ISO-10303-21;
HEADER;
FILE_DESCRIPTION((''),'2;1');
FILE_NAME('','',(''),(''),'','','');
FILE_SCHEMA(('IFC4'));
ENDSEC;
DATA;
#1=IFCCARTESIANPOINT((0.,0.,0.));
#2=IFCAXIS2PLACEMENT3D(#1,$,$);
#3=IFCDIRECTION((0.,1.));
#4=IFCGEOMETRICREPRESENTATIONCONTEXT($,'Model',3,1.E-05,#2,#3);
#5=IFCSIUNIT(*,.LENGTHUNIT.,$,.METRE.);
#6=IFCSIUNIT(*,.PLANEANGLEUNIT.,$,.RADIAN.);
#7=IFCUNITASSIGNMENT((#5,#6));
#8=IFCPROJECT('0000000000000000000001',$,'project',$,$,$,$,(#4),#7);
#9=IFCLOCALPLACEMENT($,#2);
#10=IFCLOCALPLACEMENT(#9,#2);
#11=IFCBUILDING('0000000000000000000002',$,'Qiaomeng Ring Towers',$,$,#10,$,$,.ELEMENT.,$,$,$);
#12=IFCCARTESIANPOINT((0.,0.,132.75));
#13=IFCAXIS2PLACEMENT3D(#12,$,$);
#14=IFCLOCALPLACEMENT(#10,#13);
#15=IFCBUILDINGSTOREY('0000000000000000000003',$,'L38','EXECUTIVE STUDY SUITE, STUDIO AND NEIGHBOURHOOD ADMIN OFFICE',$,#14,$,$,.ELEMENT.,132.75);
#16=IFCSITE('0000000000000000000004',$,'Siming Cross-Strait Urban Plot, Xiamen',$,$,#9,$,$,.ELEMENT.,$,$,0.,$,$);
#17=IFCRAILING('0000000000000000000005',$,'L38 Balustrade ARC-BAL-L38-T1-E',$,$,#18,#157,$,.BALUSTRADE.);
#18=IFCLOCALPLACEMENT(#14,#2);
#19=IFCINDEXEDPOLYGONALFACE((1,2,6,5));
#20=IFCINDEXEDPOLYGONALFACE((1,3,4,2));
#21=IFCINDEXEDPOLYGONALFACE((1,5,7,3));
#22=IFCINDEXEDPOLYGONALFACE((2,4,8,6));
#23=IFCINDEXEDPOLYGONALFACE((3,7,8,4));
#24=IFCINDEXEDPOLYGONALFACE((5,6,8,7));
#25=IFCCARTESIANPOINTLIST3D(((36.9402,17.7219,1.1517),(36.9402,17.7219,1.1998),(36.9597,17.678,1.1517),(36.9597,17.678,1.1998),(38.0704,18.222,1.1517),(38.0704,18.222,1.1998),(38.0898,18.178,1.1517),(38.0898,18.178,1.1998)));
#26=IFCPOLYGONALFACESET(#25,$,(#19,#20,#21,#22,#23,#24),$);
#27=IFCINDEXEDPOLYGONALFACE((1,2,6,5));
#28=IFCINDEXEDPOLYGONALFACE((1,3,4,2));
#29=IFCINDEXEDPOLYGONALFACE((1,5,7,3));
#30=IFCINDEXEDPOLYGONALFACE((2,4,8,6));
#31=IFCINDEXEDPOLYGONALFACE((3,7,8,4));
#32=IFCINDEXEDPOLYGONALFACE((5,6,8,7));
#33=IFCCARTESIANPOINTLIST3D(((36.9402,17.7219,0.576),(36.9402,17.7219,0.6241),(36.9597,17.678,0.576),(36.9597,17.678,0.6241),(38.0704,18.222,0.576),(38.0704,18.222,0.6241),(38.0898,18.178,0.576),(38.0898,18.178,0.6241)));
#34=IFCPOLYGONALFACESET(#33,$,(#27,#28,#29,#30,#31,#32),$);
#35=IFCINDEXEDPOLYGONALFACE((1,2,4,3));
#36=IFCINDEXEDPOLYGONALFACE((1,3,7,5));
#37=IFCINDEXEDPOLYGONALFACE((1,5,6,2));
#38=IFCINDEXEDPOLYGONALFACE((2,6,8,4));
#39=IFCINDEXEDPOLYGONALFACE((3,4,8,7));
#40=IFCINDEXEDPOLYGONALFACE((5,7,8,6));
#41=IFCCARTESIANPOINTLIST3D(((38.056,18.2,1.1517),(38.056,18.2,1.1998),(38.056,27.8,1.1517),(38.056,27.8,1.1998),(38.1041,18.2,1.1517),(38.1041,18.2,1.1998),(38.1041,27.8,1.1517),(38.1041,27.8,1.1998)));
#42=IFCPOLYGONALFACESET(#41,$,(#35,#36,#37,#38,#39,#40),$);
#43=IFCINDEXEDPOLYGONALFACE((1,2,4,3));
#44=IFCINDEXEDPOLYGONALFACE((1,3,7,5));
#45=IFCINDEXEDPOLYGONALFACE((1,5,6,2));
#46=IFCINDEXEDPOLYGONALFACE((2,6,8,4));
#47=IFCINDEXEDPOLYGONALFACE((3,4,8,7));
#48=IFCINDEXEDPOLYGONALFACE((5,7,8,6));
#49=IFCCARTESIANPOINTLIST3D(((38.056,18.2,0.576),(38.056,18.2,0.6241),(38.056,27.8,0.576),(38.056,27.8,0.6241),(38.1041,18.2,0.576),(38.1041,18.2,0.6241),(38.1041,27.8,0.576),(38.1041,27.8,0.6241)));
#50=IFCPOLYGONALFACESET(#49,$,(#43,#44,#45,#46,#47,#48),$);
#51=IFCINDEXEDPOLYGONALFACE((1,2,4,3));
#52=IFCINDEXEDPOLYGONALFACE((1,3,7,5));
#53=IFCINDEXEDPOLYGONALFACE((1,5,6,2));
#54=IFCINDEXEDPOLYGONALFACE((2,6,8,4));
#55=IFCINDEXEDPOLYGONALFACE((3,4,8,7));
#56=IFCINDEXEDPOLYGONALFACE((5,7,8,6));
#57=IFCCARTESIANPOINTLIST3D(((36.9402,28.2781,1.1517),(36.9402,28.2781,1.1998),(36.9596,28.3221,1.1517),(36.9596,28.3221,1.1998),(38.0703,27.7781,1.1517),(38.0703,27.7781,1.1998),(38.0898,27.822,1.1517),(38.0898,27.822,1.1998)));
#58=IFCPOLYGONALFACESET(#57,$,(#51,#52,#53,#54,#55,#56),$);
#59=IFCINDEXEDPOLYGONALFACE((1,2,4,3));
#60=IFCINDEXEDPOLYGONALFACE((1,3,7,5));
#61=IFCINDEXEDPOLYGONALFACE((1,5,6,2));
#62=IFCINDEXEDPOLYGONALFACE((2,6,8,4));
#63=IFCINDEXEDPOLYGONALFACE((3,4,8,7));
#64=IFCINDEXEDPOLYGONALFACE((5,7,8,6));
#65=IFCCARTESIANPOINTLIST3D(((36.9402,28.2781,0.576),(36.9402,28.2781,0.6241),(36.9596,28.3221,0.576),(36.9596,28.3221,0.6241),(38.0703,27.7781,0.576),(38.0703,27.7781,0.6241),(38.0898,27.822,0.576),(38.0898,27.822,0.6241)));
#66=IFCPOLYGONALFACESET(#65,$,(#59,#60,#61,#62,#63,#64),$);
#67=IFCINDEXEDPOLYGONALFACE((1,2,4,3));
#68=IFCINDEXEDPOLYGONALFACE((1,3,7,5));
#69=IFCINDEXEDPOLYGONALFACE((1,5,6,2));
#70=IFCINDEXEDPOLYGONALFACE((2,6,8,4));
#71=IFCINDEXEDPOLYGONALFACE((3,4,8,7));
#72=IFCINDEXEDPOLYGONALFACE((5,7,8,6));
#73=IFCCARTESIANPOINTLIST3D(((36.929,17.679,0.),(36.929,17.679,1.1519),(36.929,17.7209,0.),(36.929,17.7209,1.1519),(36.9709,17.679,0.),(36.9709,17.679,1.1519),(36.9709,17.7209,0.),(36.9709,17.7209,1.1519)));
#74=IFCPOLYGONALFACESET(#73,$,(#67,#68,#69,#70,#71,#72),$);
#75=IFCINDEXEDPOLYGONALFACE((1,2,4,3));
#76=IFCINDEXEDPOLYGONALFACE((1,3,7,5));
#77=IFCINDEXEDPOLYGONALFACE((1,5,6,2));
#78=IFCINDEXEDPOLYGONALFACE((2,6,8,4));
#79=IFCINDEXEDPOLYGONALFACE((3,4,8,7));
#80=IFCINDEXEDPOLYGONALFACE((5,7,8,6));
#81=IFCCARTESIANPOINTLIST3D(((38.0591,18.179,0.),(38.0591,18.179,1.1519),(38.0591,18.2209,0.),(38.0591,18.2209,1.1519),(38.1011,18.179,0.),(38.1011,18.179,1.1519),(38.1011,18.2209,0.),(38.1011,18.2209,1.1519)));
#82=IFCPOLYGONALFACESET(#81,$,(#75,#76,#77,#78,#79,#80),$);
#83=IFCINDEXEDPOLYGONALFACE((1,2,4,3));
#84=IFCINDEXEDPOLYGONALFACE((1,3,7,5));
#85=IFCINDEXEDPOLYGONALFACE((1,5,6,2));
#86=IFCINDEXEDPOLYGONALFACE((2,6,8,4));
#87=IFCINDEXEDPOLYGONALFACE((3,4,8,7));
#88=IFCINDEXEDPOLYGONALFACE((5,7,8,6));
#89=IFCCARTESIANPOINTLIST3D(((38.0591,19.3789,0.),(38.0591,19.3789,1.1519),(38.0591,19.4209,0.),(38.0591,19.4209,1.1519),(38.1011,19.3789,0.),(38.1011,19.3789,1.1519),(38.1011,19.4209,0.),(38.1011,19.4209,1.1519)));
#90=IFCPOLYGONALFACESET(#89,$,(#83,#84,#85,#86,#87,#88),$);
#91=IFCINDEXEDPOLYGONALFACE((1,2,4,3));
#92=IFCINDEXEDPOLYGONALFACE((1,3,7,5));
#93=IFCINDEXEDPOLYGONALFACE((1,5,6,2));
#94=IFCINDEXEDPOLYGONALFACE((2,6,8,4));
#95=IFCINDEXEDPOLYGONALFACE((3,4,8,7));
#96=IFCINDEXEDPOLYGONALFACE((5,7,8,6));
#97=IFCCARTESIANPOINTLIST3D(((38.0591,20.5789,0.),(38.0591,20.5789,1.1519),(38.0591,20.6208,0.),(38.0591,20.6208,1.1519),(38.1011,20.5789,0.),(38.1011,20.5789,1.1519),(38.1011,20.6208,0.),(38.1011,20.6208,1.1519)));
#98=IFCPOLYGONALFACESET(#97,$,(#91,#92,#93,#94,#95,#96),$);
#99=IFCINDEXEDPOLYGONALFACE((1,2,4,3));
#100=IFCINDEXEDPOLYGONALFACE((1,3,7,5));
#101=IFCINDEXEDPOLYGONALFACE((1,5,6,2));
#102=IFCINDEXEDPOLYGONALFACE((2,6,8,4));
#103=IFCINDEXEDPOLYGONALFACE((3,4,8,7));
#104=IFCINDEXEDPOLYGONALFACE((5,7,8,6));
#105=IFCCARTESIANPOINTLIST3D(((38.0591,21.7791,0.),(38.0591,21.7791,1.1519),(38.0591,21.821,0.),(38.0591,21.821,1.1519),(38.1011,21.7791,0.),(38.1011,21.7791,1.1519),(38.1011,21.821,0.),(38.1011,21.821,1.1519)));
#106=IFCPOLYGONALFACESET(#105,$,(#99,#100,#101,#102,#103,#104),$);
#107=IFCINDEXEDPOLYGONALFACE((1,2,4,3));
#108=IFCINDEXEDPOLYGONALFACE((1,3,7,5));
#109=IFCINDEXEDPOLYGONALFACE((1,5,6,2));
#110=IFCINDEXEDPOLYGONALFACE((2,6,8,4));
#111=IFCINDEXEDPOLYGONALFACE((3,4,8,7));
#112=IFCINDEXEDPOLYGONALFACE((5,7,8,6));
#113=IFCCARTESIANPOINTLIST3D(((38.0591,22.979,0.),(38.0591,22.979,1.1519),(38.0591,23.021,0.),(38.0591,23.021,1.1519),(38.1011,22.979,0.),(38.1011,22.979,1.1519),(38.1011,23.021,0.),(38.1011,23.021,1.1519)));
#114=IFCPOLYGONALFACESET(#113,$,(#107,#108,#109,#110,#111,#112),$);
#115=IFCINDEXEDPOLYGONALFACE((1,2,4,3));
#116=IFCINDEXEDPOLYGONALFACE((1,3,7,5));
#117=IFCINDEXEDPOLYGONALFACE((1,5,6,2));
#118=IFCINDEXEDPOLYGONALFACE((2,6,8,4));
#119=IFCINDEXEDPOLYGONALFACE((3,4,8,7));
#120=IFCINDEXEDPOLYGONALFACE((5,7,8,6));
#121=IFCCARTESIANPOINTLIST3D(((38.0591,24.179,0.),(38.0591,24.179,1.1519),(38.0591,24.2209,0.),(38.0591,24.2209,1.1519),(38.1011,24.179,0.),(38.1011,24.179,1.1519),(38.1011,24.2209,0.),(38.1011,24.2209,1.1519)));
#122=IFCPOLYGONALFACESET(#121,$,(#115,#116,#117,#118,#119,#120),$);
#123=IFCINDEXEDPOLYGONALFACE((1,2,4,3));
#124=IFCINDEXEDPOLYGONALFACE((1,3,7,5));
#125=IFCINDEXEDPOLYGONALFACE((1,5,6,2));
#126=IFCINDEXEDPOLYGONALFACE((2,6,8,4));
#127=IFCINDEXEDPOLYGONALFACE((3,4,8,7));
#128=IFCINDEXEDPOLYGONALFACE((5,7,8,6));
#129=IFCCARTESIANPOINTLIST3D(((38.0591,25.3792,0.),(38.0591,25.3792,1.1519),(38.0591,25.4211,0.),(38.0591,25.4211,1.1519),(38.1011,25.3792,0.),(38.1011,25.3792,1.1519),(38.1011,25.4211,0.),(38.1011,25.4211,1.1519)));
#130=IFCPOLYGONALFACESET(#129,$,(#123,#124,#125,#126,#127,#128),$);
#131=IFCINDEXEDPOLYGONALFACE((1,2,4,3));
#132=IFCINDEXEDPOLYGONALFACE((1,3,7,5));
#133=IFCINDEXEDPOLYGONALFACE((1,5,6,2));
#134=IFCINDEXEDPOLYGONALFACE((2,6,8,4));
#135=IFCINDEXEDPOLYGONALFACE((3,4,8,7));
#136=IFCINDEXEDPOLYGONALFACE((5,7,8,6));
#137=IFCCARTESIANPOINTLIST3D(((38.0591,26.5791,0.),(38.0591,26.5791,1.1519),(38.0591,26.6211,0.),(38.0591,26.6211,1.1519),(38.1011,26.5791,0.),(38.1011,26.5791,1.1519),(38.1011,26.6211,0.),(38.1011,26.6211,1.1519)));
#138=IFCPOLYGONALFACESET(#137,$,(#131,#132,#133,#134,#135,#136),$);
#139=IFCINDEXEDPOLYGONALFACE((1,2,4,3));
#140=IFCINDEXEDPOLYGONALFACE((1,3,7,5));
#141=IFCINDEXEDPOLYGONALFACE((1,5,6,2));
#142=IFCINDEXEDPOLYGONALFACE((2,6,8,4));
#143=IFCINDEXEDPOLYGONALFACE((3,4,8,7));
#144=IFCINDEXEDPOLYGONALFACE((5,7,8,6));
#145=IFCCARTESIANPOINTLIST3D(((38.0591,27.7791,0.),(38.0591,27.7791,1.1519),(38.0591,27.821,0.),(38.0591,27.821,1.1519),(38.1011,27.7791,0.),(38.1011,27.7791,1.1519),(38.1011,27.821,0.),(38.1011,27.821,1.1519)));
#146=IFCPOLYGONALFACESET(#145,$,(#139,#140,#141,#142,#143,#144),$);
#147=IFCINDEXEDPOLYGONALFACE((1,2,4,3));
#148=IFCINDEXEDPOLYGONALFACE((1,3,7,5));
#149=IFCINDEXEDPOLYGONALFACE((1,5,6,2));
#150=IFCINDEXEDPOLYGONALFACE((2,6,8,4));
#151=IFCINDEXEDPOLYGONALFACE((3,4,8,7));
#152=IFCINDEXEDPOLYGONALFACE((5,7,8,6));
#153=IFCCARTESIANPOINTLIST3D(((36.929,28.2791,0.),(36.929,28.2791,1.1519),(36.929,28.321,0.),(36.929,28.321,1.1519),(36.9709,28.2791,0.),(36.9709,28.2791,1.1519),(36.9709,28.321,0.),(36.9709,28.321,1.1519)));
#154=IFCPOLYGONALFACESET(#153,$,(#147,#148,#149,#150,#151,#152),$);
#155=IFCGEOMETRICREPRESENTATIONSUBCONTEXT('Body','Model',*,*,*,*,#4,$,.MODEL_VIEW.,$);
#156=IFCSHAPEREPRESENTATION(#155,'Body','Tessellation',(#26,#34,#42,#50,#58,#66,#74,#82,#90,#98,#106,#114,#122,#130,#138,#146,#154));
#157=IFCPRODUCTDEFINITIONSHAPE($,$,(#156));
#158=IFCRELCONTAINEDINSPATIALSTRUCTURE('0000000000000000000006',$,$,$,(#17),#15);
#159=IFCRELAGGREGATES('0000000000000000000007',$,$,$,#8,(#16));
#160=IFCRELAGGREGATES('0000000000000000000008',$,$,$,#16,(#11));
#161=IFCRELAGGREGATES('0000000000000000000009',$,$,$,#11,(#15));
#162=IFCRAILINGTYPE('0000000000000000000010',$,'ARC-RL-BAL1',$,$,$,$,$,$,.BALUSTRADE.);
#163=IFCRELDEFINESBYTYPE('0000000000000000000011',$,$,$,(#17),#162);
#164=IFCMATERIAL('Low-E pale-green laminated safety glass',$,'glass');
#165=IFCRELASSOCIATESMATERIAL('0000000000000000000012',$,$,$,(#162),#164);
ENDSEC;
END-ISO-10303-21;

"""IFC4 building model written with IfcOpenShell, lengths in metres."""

from ifc_helpers import new_model, si_unit, direction, frame, origin, origin_2d, place, context, subcontext, project, spatial, rectangle, extrude, material, type_object, element, save


model = new_model("IFC4")

# Units and contexts
model_context = context("Model", 3, precision=1e-05, world=origin(), true_north=direction((0.0, 1.0)))
body_context = subcontext(model_context, "Body", "Model", "MODEL_VIEW")
ifc_project = project(units=[si_unit("LENGTHUNIT", "METRE"), si_unit("PLANEANGLEUNIT", "RADIAN")], contexts=[model_context])

# Site, building, storey
site_placement = place(None, origin())
site = spatial("IfcSite", under=ifc_project, at=site_placement, Name="Siming Cross-Strait Urban Plot, Xiamen", CompositionType="ELEMENT", RefElevation=0.0)
building_placement = place(site_placement, origin())
building = spatial("IfcBuilding", under=site, at=building_placement, Name="Qiaomeng Ring Towers", CompositionType="ELEMENT")
storey_placement = place(building_placement, frame((0.0, 0.0, 132.75)))
storey = spatial("IfcBuildingStorey", under=building, at=storey_placement, Name="L38", Description="EXECUTIVE STUDY SUITE, STUDIO AND NEIGHBOURHOOD ADMIN OFFICE", CompositionType="ELEMENT", Elevation=132.75)

# Railing
ifc_material_1 = material(Name="Low-E pale-green laminated safety glass", Category="glass")
railing_type = type_object("IfcRailingType", Name="ARC-RL-BAL1", PredefinedType="BALUSTRADE", material=ifc_material_1)
railing_placement = place(storey_placement, frame((36.95, 17.7, 0.0)))
element("IfcRailing", 1, at=railing_placement, inside=storey, type_object=railing_type, Name="L38 Balustrade ARC-BAL-L38-T1-E", PredefinedType="BALUSTRADE", context=body_context, shape_type="SweptSolid", body=[
    extrude(rectangle(XDim=0.0481, YDim=0.0481, at=origin_2d()), frame((0.0, 0.0, 1.1758), z_axis=(0.914495, 0.404598, 0.0), x_axis=(-0.404598, 0.914495, 0.0)), (0.0, 0.0, 1.0), 1.2358),
    extrude(rectangle(XDim=0.0481, YDim=0.0481, at=origin_2d()), frame((0.0, 0.0, 0.6001), z_axis=(0.914495, 0.404598, 0.0), x_axis=(-0.404598, 0.914495, 0.0)), (0.0, 0.0, 1.0), 1.2358),
    extrude(rectangle(XDim=0.0481, YDim=0.0481, at=origin_2d()), frame((1.1301, 0.5, 1.1758), z_axis=(0.0, 1.0, 0.0), x_axis=(-1.0, 0.0, 0.0)), (0.0, 0.0, 1.0), 9.6001),
    extrude(rectangle(XDim=0.0481, YDim=0.0481, at=origin_2d()), frame((1.1301, 0.5, 0.6001), z_axis=(0.0, 1.0, 0.0), x_axis=(-1.0, 0.0, 0.0)), (0.0, 0.0, 1.0), 9.6001),
    extrude(rectangle(XDim=0.0481, YDim=0.0481, at=origin_2d()), frame((1.1301, 10.1001, 1.1758), z_axis=(-0.914495, 0.404598, 0.0), x_axis=(-0.404598, -0.914495, 0.0)), (0.0, 0.0, 1.0), 1.2358),
    extrude(rectangle(XDim=0.0481, YDim=0.0481, at=origin_2d()), frame((1.1301, 10.1001, 0.6001), z_axis=(-0.914495, 0.404598, 0.0), x_axis=(-0.404598, -0.914495, 0.0)), (0.0, 0.0, 1.0), 1.2358),
    extrude(rectangle(XDim=0.042, YDim=0.042, at=origin_2d()), origin(), (0.0, 0.0, 1.0), 1.1519),
    extrude(rectangle(XDim=0.042, YDim=0.042, at=origin_2d()), frame((1.1301, 0.5, 0.0)), (0.0, 0.0, 1.0), 1.1519),
    extrude(rectangle(XDim=0.042, YDim=0.042, at=origin_2d()), frame((1.1301, 1.7, 0.0)), (0.0, 0.0, 1.0), 1.1519),
    extrude(rectangle(XDim=0.042, YDim=0.042, at=origin_2d()), frame((1.1301, 2.8999, 0.0)), (0.0, 0.0, 1.0), 1.1519),
    extrude(rectangle(XDim=0.042, YDim=0.042, at=origin_2d()), frame((1.1301, 4.1001, 0.0)), (0.0, 0.0, 1.0), 1.1519),
    extrude(rectangle(XDim=0.042, YDim=0.042, at=origin_2d()), frame((1.1301, 5.3, 0.0)), (0.0, 0.0, 1.0), 1.1519),
    extrude(rectangle(XDim=0.042, YDim=0.042, at=origin_2d()), frame((1.1301, 6.5, 0.0)), (0.0, 0.0, 1.0), 1.1519),
    extrude(rectangle(XDim=0.042, YDim=0.042, at=origin_2d()), frame((1.1301, 7.7002, 0.0)), (0.0, 0.0, 1.0), 1.1519),
    extrude(rectangle(XDim=0.042, YDim=0.042, at=origin_2d()), frame((1.1301, 8.9001, 0.0)), (0.0, 0.0, 1.0), 1.1519),
    extrude(rectangle(XDim=0.042, YDim=0.042, at=origin_2d()), frame((1.1301, 10.1001, 0.0)), (0.0, 0.0, 1.0), 1.1519),
    extrude(rectangle(XDim=0.042, YDim=0.042, at=origin_2d()), frame((0.0, 10.6001, 0.0)), (0.0, 0.0, 1.0), 1.1519),
])

save(model, "model.ifc")
